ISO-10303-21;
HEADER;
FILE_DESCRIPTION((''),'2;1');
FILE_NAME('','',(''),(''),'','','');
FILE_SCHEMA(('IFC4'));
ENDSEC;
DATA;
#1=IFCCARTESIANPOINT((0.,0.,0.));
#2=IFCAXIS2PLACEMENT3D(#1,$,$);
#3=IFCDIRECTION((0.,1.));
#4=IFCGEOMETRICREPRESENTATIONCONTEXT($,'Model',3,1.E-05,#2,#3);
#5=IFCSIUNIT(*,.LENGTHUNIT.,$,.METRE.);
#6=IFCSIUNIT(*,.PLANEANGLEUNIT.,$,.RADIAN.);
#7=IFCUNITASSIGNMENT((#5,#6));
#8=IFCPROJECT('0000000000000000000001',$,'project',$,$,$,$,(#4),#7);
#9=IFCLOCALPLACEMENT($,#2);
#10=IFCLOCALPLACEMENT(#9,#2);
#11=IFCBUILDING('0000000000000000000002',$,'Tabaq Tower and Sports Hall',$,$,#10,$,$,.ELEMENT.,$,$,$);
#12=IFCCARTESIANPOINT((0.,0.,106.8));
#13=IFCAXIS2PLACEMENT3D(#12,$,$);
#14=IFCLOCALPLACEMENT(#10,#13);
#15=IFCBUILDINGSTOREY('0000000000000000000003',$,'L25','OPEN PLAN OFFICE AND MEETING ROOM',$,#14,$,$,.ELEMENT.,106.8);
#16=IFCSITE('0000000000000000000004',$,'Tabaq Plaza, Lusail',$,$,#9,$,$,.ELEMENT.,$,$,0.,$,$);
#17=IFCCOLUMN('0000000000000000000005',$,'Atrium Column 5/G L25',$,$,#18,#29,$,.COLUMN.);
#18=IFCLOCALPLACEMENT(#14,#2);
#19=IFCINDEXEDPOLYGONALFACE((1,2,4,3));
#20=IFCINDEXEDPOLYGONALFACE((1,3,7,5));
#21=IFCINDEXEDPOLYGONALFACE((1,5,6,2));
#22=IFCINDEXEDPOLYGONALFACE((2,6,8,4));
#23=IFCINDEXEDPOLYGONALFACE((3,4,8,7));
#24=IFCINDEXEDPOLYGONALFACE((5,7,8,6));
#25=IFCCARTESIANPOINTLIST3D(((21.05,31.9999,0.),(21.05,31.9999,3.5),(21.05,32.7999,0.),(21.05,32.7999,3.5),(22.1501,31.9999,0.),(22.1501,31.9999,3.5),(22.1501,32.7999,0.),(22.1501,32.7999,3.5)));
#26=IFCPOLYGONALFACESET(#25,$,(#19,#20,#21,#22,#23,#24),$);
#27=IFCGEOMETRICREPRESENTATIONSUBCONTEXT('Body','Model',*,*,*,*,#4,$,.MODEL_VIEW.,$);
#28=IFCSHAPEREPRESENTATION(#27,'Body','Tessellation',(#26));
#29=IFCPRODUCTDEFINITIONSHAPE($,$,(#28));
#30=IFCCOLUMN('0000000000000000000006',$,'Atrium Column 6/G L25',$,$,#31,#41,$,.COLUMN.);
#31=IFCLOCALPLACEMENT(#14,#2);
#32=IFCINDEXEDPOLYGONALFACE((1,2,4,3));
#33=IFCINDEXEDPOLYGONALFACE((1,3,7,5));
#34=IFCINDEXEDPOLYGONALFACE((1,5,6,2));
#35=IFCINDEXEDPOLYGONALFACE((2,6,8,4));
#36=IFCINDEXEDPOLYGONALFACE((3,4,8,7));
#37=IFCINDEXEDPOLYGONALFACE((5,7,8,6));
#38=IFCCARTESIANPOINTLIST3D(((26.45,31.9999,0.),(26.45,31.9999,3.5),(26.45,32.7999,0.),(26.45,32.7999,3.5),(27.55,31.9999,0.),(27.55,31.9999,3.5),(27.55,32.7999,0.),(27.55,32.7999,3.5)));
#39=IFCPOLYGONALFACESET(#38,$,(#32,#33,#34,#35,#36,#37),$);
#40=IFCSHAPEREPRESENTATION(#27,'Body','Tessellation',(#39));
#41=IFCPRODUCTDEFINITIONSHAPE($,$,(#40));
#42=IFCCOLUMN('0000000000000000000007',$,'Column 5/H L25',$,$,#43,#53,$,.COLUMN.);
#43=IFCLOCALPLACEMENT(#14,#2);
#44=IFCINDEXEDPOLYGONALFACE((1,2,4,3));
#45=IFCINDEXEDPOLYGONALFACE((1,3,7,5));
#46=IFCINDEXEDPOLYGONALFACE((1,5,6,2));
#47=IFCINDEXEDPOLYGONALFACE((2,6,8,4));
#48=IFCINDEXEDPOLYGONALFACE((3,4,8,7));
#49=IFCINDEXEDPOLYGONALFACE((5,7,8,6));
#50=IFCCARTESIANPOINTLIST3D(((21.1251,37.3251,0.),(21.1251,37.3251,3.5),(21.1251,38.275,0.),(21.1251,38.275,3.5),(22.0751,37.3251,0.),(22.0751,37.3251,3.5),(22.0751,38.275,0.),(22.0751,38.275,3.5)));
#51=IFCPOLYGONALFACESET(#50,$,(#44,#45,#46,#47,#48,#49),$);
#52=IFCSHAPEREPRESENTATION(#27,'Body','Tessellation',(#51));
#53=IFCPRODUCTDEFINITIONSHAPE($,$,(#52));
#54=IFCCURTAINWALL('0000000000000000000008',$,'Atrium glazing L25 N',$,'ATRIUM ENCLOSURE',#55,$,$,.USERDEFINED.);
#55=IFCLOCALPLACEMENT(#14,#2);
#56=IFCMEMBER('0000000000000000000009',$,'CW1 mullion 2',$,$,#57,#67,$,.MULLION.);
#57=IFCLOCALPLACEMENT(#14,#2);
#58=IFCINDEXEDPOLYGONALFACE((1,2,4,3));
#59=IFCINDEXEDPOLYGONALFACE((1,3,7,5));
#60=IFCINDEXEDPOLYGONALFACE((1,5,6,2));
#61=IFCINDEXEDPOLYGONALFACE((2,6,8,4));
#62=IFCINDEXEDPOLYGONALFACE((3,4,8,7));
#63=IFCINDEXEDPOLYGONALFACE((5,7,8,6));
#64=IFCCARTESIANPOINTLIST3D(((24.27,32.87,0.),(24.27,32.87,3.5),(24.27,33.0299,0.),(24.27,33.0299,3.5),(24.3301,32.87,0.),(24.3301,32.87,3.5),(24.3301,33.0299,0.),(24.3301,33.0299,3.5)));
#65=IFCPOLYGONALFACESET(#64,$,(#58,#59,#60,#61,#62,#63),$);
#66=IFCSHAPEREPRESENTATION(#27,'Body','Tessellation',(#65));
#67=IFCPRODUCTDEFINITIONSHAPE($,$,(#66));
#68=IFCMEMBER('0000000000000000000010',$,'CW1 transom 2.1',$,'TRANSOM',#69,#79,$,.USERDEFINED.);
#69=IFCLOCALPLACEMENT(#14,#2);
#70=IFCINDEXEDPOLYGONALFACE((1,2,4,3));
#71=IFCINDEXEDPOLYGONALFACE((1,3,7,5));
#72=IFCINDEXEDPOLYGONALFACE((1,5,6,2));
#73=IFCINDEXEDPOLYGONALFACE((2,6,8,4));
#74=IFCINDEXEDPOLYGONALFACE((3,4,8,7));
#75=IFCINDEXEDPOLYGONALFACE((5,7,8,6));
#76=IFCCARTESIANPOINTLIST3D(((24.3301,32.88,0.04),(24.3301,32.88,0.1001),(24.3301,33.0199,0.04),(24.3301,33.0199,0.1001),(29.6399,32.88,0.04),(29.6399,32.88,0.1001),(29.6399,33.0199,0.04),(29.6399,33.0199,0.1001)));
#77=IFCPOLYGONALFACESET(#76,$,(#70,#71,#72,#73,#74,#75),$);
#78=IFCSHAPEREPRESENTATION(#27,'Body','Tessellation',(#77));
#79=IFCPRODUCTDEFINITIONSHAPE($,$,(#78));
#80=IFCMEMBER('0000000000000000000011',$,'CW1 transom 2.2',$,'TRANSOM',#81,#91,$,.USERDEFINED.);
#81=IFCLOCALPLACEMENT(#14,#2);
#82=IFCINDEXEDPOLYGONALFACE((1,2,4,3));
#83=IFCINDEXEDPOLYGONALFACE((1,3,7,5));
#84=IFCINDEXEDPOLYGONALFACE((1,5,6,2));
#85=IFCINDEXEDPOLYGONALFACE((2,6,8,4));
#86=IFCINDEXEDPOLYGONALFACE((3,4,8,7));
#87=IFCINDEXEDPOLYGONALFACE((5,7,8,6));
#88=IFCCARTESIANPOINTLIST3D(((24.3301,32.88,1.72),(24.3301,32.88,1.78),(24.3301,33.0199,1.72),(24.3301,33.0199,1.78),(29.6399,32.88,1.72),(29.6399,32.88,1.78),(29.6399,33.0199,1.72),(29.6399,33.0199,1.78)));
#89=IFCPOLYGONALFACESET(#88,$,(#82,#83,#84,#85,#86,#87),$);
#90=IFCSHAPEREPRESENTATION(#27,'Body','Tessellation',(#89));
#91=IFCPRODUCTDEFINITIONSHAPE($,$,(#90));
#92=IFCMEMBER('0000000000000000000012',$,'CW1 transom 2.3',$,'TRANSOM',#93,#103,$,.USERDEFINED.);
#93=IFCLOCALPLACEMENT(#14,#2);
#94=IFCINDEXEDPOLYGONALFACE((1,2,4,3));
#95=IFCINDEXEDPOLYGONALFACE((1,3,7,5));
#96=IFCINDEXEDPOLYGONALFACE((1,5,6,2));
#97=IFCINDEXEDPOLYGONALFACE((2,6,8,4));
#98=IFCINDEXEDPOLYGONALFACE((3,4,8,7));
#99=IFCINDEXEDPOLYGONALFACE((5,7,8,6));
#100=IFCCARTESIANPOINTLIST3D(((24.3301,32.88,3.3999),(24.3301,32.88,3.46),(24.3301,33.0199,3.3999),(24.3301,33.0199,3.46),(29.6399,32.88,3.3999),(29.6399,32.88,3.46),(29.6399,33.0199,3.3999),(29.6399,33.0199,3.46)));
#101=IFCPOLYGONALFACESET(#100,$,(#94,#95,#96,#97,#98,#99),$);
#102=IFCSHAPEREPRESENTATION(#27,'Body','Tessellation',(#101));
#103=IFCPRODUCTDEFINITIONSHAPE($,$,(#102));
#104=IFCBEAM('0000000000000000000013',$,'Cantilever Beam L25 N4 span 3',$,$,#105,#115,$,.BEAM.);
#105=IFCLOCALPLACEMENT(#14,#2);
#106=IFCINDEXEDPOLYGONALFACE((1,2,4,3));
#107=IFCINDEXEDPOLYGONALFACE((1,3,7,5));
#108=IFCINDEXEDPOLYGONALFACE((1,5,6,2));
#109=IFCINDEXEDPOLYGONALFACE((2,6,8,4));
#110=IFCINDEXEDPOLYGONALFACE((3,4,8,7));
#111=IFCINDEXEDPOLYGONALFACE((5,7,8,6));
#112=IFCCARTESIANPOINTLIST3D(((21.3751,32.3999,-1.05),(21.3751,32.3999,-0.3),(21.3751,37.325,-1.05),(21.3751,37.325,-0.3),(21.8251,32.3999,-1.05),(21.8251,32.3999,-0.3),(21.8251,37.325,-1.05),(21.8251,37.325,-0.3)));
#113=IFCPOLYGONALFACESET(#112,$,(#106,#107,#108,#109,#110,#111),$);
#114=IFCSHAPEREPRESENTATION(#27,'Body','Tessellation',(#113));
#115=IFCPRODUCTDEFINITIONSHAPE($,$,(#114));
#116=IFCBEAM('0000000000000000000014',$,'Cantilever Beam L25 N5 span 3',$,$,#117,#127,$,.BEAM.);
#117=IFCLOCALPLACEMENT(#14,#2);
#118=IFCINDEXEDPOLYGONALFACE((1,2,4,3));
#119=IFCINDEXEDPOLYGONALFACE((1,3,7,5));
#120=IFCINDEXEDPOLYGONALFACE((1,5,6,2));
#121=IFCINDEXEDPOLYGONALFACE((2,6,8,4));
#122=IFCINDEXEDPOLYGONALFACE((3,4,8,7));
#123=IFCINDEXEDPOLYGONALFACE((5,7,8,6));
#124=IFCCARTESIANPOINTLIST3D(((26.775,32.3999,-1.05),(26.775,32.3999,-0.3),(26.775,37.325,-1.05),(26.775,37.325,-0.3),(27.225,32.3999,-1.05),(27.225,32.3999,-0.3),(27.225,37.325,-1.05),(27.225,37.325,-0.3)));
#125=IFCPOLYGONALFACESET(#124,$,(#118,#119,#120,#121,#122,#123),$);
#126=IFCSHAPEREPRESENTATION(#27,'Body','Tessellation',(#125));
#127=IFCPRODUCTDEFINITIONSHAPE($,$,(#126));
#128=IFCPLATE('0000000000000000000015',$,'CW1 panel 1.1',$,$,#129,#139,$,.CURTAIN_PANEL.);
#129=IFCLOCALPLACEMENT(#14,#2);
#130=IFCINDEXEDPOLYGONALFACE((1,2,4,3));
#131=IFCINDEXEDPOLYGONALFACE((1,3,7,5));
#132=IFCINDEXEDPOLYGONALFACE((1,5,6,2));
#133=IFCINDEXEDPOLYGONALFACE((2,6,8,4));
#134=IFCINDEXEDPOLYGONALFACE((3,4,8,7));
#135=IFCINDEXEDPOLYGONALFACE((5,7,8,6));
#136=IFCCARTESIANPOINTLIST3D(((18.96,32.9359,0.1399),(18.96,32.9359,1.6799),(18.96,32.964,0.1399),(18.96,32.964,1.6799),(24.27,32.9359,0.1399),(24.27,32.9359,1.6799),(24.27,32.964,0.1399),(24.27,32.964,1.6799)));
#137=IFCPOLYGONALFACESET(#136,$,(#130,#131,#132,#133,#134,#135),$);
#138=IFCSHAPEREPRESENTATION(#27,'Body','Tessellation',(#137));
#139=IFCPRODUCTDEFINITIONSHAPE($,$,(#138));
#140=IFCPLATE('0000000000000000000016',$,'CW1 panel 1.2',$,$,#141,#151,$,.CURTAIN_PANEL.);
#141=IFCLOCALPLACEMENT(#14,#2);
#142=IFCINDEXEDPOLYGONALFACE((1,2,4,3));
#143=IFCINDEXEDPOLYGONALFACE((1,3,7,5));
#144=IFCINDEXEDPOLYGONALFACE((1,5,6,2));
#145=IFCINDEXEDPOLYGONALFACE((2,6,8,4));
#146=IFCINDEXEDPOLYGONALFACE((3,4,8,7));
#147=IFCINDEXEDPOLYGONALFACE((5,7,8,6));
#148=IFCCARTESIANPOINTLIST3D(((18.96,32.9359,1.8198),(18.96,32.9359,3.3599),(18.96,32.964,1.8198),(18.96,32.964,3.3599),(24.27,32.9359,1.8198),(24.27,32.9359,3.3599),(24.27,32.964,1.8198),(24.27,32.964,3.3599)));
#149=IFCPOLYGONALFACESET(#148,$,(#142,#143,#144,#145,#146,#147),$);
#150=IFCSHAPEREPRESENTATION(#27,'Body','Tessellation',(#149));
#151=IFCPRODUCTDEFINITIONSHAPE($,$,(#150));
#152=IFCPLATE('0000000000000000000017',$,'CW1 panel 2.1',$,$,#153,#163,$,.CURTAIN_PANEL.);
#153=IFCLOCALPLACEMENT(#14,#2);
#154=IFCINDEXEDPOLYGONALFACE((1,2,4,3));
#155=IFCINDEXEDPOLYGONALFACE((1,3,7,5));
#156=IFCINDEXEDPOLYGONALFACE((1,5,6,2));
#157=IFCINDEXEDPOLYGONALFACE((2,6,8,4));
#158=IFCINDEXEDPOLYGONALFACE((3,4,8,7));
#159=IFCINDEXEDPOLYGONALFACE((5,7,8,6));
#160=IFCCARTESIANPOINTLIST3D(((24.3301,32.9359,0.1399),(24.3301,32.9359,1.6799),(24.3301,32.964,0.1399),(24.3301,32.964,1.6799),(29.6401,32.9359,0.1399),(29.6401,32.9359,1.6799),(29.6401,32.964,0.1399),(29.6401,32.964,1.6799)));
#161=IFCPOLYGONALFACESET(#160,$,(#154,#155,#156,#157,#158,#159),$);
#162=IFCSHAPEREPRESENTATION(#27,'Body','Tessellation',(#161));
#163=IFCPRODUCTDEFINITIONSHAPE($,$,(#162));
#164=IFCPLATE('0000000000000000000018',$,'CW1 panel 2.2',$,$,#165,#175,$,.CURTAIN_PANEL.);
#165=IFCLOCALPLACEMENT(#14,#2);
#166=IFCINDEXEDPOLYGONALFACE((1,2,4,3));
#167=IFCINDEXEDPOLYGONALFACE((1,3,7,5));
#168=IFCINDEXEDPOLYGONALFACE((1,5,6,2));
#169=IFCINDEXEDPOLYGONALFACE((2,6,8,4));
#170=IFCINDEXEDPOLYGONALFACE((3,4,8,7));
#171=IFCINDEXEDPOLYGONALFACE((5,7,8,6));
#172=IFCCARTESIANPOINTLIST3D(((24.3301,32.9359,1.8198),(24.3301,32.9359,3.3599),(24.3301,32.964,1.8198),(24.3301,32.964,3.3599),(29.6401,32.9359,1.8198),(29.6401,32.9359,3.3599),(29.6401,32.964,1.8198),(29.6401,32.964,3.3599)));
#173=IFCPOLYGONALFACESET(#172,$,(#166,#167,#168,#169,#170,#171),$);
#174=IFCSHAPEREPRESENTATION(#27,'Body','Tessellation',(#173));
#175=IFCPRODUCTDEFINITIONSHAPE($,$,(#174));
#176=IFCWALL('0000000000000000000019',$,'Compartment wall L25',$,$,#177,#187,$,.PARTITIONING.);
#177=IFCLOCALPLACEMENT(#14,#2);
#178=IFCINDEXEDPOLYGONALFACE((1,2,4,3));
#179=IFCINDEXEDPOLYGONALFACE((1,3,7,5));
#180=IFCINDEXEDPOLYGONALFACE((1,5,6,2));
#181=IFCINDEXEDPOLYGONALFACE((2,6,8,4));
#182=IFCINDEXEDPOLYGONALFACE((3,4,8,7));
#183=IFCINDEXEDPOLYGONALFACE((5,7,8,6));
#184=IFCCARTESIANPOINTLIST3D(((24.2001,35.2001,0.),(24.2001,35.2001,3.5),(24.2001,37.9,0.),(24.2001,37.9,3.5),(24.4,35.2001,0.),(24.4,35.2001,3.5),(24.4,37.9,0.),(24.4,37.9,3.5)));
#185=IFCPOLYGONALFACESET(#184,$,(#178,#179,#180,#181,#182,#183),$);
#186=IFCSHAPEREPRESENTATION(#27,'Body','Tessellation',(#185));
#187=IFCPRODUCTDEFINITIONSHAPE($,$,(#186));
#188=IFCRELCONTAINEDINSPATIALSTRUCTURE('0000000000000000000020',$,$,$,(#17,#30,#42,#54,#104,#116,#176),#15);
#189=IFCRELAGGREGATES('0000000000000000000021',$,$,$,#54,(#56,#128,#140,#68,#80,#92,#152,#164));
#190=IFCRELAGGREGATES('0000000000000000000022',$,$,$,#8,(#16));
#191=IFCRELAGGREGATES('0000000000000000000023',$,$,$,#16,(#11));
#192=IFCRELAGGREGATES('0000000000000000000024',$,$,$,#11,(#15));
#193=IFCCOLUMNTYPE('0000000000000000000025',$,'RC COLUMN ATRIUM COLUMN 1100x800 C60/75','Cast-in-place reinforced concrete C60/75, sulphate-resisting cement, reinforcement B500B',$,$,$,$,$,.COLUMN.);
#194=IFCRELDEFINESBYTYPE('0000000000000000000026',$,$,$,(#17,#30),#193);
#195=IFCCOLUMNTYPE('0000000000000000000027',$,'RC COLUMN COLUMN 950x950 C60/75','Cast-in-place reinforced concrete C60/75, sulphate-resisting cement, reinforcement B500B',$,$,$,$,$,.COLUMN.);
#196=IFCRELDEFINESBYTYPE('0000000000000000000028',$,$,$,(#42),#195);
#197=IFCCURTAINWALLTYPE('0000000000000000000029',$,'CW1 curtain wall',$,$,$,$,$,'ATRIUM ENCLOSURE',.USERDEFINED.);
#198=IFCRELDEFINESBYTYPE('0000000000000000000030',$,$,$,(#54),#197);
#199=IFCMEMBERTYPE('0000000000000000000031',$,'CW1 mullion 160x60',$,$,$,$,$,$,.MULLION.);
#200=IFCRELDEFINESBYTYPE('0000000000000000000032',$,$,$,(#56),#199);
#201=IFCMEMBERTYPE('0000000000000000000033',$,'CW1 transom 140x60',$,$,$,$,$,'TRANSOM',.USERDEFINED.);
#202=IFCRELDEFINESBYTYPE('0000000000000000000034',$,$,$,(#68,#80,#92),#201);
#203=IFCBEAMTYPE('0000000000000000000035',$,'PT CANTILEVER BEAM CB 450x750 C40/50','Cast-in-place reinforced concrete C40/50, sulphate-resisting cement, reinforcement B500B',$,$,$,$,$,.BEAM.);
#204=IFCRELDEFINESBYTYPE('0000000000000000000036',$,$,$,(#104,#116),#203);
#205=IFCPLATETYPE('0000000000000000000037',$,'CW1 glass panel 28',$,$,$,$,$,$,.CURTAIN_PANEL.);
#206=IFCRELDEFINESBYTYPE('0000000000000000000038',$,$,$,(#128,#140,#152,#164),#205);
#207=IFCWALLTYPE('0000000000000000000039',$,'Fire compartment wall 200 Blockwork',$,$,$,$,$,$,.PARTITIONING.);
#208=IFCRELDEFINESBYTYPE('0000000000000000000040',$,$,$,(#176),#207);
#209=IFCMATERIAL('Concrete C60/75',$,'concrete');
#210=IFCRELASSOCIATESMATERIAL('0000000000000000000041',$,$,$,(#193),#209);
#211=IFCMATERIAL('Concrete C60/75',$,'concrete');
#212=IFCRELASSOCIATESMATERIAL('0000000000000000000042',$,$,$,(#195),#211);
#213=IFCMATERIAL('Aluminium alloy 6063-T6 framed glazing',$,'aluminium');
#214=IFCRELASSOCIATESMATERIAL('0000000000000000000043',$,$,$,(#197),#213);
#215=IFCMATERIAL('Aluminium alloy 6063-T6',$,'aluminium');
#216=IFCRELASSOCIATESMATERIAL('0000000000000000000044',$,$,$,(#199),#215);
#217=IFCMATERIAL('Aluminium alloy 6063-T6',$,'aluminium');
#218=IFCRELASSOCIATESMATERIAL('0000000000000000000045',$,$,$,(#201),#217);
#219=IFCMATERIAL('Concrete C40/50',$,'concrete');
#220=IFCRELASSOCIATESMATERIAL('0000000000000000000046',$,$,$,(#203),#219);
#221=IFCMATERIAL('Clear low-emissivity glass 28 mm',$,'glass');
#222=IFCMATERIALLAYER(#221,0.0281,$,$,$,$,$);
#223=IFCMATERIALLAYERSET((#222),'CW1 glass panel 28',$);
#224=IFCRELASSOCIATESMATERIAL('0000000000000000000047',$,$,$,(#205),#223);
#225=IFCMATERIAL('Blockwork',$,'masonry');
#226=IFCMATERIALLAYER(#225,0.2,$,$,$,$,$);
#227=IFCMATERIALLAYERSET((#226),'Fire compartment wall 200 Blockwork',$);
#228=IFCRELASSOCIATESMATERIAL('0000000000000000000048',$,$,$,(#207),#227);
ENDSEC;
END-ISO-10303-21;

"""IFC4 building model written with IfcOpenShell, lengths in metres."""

from ifc_helpers import new_model, si_unit, direction, frame, frame_2d, origin, origin_2d, place, context, subcontext, project, spatial, rectangle, extrude, material, layer, layer_set, material_profile, profile_set, type_object, element, aggregate, save


model = new_model("IFC4")

# Units and contexts
model_context = context("Model", 3, precision=1e-05, world=origin(), true_north=direction((0.0, 1.0)))
body_context = subcontext(model_context, "Body", "Model", "MODEL_VIEW")
ifc_project = project(units=[si_unit("LENGTHUNIT", "METRE"), si_unit("PLANEANGLEUNIT", "RADIAN")], contexts=[model_context])

# Site, building, storey
site_placement = place(None, origin())
site = spatial("IfcSite", under=ifc_project, at=site_placement, Name="Tabaq Plaza, Lusail", CompositionType="ELEMENT", RefElevation=0.0)
building_placement = place(site_placement, origin())
building = spatial("IfcBuilding", under=site, at=building_placement, Name="Tabaq Tower and Sports Hall", CompositionType="ELEMENT")
storey_placement = place(building_placement, frame((0.0, 0.0, 106.8)))
storey = spatial("IfcBuildingStorey", under=building, at=storey_placement, Name="L25", Description="OPEN PLAN OFFICE AND MEETING ROOM", CompositionType="ELEMENT", Elevation=106.8)

# Columns
ifc_material_1 = material(Name="Concrete C60/75", Category="concrete")
ifc_material_profile_1 = material_profile(ifc_material_1, rectangle(XDim=1.1001, YDim=0.8, at=origin_2d()), Name="ATRIUM COLUMN 1100x800")
ifc_profile_set_1 = profile_set([ifc_material_profile_1], Name="Concrete C60/75")
column_type_1 = type_object("IfcColumnType", Name="RC COLUMN ATRIUM COLUMN 1100x800 C60/75", Description="Cast-in-place reinforced concrete C60/75, sulphate-resisting cement, reinforcement B500B", PredefinedType="COLUMN", material=ifc_profile_set_1)
for number, where, z_axis, x_axis, name in (
    (1, (21.6001, 32.3999, 0.0), (0.0, 0.0, 1.0), (1.0, 0.0, 0.0), "Atrium Column 5/G L25"),
    (2, (27.0, 32.3999, 0.0), (0.0, 0.0, 1.0), (1.0, 0.0, 0.0), "Atrium Column 6/G L25"),
):
    element("IfcColumn", number, at=place(storey_placement, frame(where, z_axis=z_axis, x_axis=x_axis)), inside=storey, type_object=column_type_1, Name=name, PredefinedType="COLUMN", context=body_context, shape_type="SweptSolid", body=[
        extrude(rectangle(XDim=1.1001, YDim=0.8, at=origin_2d()), origin(), (0.0, 0.0, 1.0), 3.5),
    ])
ifc_material_2 = material(Name="Concrete C60/75", Category="concrete")
ifc_material_profile_2 = material_profile(ifc_material_2, rectangle(XDim=0.95, YDim=0.95, at=origin_2d()), Name="COLUMN 950x950")
ifc_profile_set_2 = profile_set([ifc_material_profile_2], Name="Concrete C60/75")
column_type_2 = type_object("IfcColumnType", Name="RC COLUMN COLUMN 950x950 C60/75", Description="Cast-in-place reinforced concrete C60/75, sulphate-resisting cement, reinforcement B500B", PredefinedType="COLUMN", material=ifc_profile_set_2)
column_placement = place(storey_placement, frame((21.6001, 37.8, 0.0), z_axis=(0.0, 0.0, 1.0), x_axis=(1.0, 0.0, 0.0)))
element("IfcColumn", 3, at=column_placement, inside=storey, type_object=column_type_2, Name="Column 5/H L25", PredefinedType="COLUMN", context=body_context, shape_type="SweptSolid", body=[
    extrude(rectangle(XDim=0.95, YDim=0.95, at=origin_2d()), origin(), (0.0, 0.0, 1.0), 3.5),
])

# Curtain wall, members
ifc_material_3 = material(Name="Aluminium alloy 6063-T6 framed glazing", Category="aluminium")
curtain_wall_type = type_object("IfcCurtainWallType", Name="CW1 curtain wall", ElementType="ATRIUM ENCLOSURE", PredefinedType="USERDEFINED", material=ifc_material_3)
curtain_wall_placement = place(storey_placement, origin())
curtain_wall = element("IfcCurtainWall", 4, at=curtain_wall_placement, inside=storey, type_object=curtain_wall_type, Name="Atrium glazing L25 N", ObjectType="ATRIUM ENCLOSURE", PredefinedType="USERDEFINED")
ifc_material_4 = material(Name="Aluminium alloy 6063-T6", Category="aluminium")
ifc_material_profile_3 = material_profile(ifc_material_4, rectangle(XDim=0.1599, YDim=0.0601, at=origin_2d()), Name="MULLION 160x60")
ifc_profile_set_3 = profile_set([ifc_material_profile_3], Name="Aluminium alloy 6063-T6")
member_type_1 = type_object("IfcMemberType", Name="CW1 mullion 160x60", PredefinedType="MULLION", material=ifc_profile_set_3)
member_1_placement = place(storey_placement, frame((24.3, 32.95, 0.0), z_axis=(0.0, 0.0, 1.0), x_axis=(0.0, 1.0, 0.0)))
member_1 = element("IfcMember", 5, at=member_1_placement, type_object=member_type_1, Name="CW1 mullion 2", PredefinedType="MULLION", context=body_context, shape_type="SweptSolid", body=[
    extrude(rectangle(XDim=0.1599, YDim=0.0601, at=origin_2d()), origin(), (0.0, 0.0, 1.0), 3.5),
])
ifc_material_5 = material(Name="Aluminium alloy 6063-T6", Category="aluminium")
ifc_material_profile_4 = material_profile(ifc_material_5, rectangle(XDim=0.1399, YDim=0.0601, at=origin_2d()), Name="TRANSOM 140x60")
ifc_profile_set_4 = profile_set([ifc_material_profile_4], Name="Aluminium alloy 6063-T6")
member_type_2 = type_object("IfcMemberType", Name="CW1 transom 140x60", ElementType="TRANSOM", PredefinedType="USERDEFINED", material=ifc_profile_set_4)
member_2_placement = place(storey_placement, frame((24.3301, 32.95, 0.0701), z_axis=(1.0, 0.0, 0.0), x_axis=(0.0, 1.0, 0.0)))
member_2 = element("IfcMember", 6, at=member_2_placement, type_object=member_type_2, Name="CW1 transom 2.1", ObjectType="TRANSOM", PredefinedType="USERDEFINED", context=body_context, shape_type="SweptSolid", body=[
    extrude(rectangle(XDim=0.1399, YDim=0.0601, at=origin_2d()), origin(), (0.0, 0.0, 1.0), 5.3098),
])
member_3_placement = place(storey_placement, frame((24.3301, 32.95, 1.75), z_axis=(1.0, 0.0, 0.0), x_axis=(0.0, 1.0, 0.0)))
member_3 = element("IfcMember", 7, at=member_3_placement, type_object=member_type_2, Name="CW1 transom 2.2", ObjectType="TRANSOM", PredefinedType="USERDEFINED", context=body_context, shape_type="SweptSolid", body=[
    extrude(rectangle(XDim=0.1399, YDim=0.0601, at=origin_2d()), origin(), (0.0, 0.0, 1.0), 5.3098),
])
member_4_placement = place(storey_placement, frame((24.3301, 32.95, 3.4299), z_axis=(1.0, 0.0, 0.0), x_axis=(0.0, 1.0, 0.0)))
member_4 = element("IfcMember", 8, at=member_4_placement, type_object=member_type_2, Name="CW1 transom 2.3", ObjectType="TRANSOM", PredefinedType="USERDEFINED", context=body_context, shape_type="SweptSolid", body=[
    extrude(rectangle(XDim=0.1399, YDim=0.0601, at=origin_2d()), origin(), (0.0, 0.0, 1.0), 5.3098),
])

# Beams
ifc_material_6 = material(Name="Concrete C40/50", Category="concrete")
ifc_material_profile_5 = material_profile(ifc_material_6, rectangle(XDim=0.45, YDim=0.75, at=origin_2d()), Name="CB 450x750")
ifc_profile_set_5 = profile_set([ifc_material_profile_5], Name="Concrete C40/50")
beam_type = type_object("IfcBeamType", Name="PT CANTILEVER BEAM CB 450x750 C40/50", Description="Cast-in-place reinforced concrete C40/50, sulphate-resisting cement, reinforcement B500B", PredefinedType="BEAM", material=ifc_profile_set_5)
for number, where, z_axis, x_axis, name in (
    (9, (21.6001, 37.325, -0.675), (0.0, -1.0, 0.0), (1.0, 0.0, 0.0), "Cantilever Beam L25 N4 span 3"),
    (10, (27.0, 37.325, -0.675), (0.0, -1.0, 0.0), (1.0, 0.0, 0.0), "Cantilever Beam L25 N5 span 3"),
):
    element("IfcBeam", number, at=place(storey_placement, frame(where, z_axis=z_axis, x_axis=x_axis)), inside=storey, type_object=beam_type, Name=name, PredefinedType="BEAM", context=body_context, shape_type="SweptSolid", body=[
        extrude(rectangle(XDim=0.45, YDim=0.75, at=origin_2d()), origin(), (0.0, 0.0, 1.0), 4.925),
    ])

# Plates
ifc_material_7 = material(Name="Clear low-emissivity glass 28 mm", Category="glass")
ifc_layer_1 = layer(ifc_material_7, 0.0281)
ifc_layer_set_1 = layer_set([ifc_layer_1], Name="CW1 glass panel 28")
plate_type = type_object("IfcPlateType", Name="CW1 glass panel 28", PredefinedType="CURTAIN_PANEL", material=ifc_layer_set_1)
plate_1_placement = place(storey_placement, frame((21.615, 32.95, 0.1399), z_axis=(0.0, 0.0, 1.0), x_axis=(1.0, 0.0, 0.0)))
plate_1 = element("IfcPlate", 11, at=plate_1_placement, type_object=plate_type, Name="CW1 panel 1.1", PredefinedType="CURTAIN_PANEL", context=body_context, shape_type="SweptSolid", body=[
    extrude(rectangle(XDim=5.3101, YDim=0.0281, at=origin_2d()), origin(), (0.0, 0.0, 1.0), 1.54),
])
plate_2_placement = place(storey_placement, frame((21.615, 32.95, 1.8198), z_axis=(0.0, 0.0, 1.0), x_axis=(1.0, 0.0, 0.0)))
plate_2 = element("IfcPlate", 12, at=plate_2_placement, type_object=plate_type, Name="CW1 panel 1.2", PredefinedType="CURTAIN_PANEL", context=body_context, shape_type="SweptSolid", body=[
    extrude(rectangle(XDim=5.3101, YDim=0.0281, at=origin_2d()), origin(), (0.0, 0.0, 1.0), 1.54),
])
plate_3_placement = place(storey_placement, frame((26.9851, 32.95, 0.1399), z_axis=(0.0, 0.0, 1.0), x_axis=(1.0, 0.0, 0.0)))
plate_3 = element("IfcPlate", 13, at=plate_3_placement, type_object=plate_type, Name="CW1 panel 2.1", PredefinedType="CURTAIN_PANEL", context=body_context, shape_type="SweptSolid", body=[
    extrude(rectangle(XDim=5.3101, YDim=0.0281, at=origin_2d()), origin(), (0.0, 0.0, 1.0), 1.54),
])
plate_4_placement = place(storey_placement, frame((26.9851, 32.95, 1.8198), z_axis=(0.0, 0.0, 1.0), x_axis=(1.0, 0.0, 0.0)))
plate_4 = element("IfcPlate", 14, at=plate_4_placement, type_object=plate_type, Name="CW1 panel 2.2", PredefinedType="CURTAIN_PANEL", context=body_context, shape_type="SweptSolid", body=[
    extrude(rectangle(XDim=5.3101, YDim=0.0281, at=origin_2d()), origin(), (0.0, 0.0, 1.0), 1.54),
])
aggregate(curtain_wall, [member_1, plate_1, plate_2, member_2, member_3, member_4, plate_3, plate_4])

# Shared definitions
ifc_material_8 = material(Name="Blockwork", Category="masonry")
ifc_layer_2 = layer(ifc_material_8, 0.2)
ifc_layer_set_2 = layer_set([ifc_layer_2], Name="Fire compartment wall 200 Blockwork")
wall_type_1 = type_object("IfcWallType", Name="Fire compartment wall 200 Blockwork", PredefinedType="PARTITIONING", material=ifc_layer_set_2)

# Wall
wall_1_placement = place(storey_placement, frame((24.3, 35.2, 0.0), z_axis=(0.0, 0.0, 1.0), x_axis=(0.0, 1.0, 0.0)))
element("IfcWall", 15, at=wall_1_placement, inside=storey, type_object=wall_type_1, Name="Compartment wall L25", PredefinedType="PARTITIONING", context=body_context, shape_type="SweptSolid", body=[
    extrude(rectangle(XDim=2.7, YDim=0.2, at=frame_2d((1.3501, 0.0))), origin(), (0.0, 0.0, 1.0), 3.5),
])

save(model, "model.ifc")
